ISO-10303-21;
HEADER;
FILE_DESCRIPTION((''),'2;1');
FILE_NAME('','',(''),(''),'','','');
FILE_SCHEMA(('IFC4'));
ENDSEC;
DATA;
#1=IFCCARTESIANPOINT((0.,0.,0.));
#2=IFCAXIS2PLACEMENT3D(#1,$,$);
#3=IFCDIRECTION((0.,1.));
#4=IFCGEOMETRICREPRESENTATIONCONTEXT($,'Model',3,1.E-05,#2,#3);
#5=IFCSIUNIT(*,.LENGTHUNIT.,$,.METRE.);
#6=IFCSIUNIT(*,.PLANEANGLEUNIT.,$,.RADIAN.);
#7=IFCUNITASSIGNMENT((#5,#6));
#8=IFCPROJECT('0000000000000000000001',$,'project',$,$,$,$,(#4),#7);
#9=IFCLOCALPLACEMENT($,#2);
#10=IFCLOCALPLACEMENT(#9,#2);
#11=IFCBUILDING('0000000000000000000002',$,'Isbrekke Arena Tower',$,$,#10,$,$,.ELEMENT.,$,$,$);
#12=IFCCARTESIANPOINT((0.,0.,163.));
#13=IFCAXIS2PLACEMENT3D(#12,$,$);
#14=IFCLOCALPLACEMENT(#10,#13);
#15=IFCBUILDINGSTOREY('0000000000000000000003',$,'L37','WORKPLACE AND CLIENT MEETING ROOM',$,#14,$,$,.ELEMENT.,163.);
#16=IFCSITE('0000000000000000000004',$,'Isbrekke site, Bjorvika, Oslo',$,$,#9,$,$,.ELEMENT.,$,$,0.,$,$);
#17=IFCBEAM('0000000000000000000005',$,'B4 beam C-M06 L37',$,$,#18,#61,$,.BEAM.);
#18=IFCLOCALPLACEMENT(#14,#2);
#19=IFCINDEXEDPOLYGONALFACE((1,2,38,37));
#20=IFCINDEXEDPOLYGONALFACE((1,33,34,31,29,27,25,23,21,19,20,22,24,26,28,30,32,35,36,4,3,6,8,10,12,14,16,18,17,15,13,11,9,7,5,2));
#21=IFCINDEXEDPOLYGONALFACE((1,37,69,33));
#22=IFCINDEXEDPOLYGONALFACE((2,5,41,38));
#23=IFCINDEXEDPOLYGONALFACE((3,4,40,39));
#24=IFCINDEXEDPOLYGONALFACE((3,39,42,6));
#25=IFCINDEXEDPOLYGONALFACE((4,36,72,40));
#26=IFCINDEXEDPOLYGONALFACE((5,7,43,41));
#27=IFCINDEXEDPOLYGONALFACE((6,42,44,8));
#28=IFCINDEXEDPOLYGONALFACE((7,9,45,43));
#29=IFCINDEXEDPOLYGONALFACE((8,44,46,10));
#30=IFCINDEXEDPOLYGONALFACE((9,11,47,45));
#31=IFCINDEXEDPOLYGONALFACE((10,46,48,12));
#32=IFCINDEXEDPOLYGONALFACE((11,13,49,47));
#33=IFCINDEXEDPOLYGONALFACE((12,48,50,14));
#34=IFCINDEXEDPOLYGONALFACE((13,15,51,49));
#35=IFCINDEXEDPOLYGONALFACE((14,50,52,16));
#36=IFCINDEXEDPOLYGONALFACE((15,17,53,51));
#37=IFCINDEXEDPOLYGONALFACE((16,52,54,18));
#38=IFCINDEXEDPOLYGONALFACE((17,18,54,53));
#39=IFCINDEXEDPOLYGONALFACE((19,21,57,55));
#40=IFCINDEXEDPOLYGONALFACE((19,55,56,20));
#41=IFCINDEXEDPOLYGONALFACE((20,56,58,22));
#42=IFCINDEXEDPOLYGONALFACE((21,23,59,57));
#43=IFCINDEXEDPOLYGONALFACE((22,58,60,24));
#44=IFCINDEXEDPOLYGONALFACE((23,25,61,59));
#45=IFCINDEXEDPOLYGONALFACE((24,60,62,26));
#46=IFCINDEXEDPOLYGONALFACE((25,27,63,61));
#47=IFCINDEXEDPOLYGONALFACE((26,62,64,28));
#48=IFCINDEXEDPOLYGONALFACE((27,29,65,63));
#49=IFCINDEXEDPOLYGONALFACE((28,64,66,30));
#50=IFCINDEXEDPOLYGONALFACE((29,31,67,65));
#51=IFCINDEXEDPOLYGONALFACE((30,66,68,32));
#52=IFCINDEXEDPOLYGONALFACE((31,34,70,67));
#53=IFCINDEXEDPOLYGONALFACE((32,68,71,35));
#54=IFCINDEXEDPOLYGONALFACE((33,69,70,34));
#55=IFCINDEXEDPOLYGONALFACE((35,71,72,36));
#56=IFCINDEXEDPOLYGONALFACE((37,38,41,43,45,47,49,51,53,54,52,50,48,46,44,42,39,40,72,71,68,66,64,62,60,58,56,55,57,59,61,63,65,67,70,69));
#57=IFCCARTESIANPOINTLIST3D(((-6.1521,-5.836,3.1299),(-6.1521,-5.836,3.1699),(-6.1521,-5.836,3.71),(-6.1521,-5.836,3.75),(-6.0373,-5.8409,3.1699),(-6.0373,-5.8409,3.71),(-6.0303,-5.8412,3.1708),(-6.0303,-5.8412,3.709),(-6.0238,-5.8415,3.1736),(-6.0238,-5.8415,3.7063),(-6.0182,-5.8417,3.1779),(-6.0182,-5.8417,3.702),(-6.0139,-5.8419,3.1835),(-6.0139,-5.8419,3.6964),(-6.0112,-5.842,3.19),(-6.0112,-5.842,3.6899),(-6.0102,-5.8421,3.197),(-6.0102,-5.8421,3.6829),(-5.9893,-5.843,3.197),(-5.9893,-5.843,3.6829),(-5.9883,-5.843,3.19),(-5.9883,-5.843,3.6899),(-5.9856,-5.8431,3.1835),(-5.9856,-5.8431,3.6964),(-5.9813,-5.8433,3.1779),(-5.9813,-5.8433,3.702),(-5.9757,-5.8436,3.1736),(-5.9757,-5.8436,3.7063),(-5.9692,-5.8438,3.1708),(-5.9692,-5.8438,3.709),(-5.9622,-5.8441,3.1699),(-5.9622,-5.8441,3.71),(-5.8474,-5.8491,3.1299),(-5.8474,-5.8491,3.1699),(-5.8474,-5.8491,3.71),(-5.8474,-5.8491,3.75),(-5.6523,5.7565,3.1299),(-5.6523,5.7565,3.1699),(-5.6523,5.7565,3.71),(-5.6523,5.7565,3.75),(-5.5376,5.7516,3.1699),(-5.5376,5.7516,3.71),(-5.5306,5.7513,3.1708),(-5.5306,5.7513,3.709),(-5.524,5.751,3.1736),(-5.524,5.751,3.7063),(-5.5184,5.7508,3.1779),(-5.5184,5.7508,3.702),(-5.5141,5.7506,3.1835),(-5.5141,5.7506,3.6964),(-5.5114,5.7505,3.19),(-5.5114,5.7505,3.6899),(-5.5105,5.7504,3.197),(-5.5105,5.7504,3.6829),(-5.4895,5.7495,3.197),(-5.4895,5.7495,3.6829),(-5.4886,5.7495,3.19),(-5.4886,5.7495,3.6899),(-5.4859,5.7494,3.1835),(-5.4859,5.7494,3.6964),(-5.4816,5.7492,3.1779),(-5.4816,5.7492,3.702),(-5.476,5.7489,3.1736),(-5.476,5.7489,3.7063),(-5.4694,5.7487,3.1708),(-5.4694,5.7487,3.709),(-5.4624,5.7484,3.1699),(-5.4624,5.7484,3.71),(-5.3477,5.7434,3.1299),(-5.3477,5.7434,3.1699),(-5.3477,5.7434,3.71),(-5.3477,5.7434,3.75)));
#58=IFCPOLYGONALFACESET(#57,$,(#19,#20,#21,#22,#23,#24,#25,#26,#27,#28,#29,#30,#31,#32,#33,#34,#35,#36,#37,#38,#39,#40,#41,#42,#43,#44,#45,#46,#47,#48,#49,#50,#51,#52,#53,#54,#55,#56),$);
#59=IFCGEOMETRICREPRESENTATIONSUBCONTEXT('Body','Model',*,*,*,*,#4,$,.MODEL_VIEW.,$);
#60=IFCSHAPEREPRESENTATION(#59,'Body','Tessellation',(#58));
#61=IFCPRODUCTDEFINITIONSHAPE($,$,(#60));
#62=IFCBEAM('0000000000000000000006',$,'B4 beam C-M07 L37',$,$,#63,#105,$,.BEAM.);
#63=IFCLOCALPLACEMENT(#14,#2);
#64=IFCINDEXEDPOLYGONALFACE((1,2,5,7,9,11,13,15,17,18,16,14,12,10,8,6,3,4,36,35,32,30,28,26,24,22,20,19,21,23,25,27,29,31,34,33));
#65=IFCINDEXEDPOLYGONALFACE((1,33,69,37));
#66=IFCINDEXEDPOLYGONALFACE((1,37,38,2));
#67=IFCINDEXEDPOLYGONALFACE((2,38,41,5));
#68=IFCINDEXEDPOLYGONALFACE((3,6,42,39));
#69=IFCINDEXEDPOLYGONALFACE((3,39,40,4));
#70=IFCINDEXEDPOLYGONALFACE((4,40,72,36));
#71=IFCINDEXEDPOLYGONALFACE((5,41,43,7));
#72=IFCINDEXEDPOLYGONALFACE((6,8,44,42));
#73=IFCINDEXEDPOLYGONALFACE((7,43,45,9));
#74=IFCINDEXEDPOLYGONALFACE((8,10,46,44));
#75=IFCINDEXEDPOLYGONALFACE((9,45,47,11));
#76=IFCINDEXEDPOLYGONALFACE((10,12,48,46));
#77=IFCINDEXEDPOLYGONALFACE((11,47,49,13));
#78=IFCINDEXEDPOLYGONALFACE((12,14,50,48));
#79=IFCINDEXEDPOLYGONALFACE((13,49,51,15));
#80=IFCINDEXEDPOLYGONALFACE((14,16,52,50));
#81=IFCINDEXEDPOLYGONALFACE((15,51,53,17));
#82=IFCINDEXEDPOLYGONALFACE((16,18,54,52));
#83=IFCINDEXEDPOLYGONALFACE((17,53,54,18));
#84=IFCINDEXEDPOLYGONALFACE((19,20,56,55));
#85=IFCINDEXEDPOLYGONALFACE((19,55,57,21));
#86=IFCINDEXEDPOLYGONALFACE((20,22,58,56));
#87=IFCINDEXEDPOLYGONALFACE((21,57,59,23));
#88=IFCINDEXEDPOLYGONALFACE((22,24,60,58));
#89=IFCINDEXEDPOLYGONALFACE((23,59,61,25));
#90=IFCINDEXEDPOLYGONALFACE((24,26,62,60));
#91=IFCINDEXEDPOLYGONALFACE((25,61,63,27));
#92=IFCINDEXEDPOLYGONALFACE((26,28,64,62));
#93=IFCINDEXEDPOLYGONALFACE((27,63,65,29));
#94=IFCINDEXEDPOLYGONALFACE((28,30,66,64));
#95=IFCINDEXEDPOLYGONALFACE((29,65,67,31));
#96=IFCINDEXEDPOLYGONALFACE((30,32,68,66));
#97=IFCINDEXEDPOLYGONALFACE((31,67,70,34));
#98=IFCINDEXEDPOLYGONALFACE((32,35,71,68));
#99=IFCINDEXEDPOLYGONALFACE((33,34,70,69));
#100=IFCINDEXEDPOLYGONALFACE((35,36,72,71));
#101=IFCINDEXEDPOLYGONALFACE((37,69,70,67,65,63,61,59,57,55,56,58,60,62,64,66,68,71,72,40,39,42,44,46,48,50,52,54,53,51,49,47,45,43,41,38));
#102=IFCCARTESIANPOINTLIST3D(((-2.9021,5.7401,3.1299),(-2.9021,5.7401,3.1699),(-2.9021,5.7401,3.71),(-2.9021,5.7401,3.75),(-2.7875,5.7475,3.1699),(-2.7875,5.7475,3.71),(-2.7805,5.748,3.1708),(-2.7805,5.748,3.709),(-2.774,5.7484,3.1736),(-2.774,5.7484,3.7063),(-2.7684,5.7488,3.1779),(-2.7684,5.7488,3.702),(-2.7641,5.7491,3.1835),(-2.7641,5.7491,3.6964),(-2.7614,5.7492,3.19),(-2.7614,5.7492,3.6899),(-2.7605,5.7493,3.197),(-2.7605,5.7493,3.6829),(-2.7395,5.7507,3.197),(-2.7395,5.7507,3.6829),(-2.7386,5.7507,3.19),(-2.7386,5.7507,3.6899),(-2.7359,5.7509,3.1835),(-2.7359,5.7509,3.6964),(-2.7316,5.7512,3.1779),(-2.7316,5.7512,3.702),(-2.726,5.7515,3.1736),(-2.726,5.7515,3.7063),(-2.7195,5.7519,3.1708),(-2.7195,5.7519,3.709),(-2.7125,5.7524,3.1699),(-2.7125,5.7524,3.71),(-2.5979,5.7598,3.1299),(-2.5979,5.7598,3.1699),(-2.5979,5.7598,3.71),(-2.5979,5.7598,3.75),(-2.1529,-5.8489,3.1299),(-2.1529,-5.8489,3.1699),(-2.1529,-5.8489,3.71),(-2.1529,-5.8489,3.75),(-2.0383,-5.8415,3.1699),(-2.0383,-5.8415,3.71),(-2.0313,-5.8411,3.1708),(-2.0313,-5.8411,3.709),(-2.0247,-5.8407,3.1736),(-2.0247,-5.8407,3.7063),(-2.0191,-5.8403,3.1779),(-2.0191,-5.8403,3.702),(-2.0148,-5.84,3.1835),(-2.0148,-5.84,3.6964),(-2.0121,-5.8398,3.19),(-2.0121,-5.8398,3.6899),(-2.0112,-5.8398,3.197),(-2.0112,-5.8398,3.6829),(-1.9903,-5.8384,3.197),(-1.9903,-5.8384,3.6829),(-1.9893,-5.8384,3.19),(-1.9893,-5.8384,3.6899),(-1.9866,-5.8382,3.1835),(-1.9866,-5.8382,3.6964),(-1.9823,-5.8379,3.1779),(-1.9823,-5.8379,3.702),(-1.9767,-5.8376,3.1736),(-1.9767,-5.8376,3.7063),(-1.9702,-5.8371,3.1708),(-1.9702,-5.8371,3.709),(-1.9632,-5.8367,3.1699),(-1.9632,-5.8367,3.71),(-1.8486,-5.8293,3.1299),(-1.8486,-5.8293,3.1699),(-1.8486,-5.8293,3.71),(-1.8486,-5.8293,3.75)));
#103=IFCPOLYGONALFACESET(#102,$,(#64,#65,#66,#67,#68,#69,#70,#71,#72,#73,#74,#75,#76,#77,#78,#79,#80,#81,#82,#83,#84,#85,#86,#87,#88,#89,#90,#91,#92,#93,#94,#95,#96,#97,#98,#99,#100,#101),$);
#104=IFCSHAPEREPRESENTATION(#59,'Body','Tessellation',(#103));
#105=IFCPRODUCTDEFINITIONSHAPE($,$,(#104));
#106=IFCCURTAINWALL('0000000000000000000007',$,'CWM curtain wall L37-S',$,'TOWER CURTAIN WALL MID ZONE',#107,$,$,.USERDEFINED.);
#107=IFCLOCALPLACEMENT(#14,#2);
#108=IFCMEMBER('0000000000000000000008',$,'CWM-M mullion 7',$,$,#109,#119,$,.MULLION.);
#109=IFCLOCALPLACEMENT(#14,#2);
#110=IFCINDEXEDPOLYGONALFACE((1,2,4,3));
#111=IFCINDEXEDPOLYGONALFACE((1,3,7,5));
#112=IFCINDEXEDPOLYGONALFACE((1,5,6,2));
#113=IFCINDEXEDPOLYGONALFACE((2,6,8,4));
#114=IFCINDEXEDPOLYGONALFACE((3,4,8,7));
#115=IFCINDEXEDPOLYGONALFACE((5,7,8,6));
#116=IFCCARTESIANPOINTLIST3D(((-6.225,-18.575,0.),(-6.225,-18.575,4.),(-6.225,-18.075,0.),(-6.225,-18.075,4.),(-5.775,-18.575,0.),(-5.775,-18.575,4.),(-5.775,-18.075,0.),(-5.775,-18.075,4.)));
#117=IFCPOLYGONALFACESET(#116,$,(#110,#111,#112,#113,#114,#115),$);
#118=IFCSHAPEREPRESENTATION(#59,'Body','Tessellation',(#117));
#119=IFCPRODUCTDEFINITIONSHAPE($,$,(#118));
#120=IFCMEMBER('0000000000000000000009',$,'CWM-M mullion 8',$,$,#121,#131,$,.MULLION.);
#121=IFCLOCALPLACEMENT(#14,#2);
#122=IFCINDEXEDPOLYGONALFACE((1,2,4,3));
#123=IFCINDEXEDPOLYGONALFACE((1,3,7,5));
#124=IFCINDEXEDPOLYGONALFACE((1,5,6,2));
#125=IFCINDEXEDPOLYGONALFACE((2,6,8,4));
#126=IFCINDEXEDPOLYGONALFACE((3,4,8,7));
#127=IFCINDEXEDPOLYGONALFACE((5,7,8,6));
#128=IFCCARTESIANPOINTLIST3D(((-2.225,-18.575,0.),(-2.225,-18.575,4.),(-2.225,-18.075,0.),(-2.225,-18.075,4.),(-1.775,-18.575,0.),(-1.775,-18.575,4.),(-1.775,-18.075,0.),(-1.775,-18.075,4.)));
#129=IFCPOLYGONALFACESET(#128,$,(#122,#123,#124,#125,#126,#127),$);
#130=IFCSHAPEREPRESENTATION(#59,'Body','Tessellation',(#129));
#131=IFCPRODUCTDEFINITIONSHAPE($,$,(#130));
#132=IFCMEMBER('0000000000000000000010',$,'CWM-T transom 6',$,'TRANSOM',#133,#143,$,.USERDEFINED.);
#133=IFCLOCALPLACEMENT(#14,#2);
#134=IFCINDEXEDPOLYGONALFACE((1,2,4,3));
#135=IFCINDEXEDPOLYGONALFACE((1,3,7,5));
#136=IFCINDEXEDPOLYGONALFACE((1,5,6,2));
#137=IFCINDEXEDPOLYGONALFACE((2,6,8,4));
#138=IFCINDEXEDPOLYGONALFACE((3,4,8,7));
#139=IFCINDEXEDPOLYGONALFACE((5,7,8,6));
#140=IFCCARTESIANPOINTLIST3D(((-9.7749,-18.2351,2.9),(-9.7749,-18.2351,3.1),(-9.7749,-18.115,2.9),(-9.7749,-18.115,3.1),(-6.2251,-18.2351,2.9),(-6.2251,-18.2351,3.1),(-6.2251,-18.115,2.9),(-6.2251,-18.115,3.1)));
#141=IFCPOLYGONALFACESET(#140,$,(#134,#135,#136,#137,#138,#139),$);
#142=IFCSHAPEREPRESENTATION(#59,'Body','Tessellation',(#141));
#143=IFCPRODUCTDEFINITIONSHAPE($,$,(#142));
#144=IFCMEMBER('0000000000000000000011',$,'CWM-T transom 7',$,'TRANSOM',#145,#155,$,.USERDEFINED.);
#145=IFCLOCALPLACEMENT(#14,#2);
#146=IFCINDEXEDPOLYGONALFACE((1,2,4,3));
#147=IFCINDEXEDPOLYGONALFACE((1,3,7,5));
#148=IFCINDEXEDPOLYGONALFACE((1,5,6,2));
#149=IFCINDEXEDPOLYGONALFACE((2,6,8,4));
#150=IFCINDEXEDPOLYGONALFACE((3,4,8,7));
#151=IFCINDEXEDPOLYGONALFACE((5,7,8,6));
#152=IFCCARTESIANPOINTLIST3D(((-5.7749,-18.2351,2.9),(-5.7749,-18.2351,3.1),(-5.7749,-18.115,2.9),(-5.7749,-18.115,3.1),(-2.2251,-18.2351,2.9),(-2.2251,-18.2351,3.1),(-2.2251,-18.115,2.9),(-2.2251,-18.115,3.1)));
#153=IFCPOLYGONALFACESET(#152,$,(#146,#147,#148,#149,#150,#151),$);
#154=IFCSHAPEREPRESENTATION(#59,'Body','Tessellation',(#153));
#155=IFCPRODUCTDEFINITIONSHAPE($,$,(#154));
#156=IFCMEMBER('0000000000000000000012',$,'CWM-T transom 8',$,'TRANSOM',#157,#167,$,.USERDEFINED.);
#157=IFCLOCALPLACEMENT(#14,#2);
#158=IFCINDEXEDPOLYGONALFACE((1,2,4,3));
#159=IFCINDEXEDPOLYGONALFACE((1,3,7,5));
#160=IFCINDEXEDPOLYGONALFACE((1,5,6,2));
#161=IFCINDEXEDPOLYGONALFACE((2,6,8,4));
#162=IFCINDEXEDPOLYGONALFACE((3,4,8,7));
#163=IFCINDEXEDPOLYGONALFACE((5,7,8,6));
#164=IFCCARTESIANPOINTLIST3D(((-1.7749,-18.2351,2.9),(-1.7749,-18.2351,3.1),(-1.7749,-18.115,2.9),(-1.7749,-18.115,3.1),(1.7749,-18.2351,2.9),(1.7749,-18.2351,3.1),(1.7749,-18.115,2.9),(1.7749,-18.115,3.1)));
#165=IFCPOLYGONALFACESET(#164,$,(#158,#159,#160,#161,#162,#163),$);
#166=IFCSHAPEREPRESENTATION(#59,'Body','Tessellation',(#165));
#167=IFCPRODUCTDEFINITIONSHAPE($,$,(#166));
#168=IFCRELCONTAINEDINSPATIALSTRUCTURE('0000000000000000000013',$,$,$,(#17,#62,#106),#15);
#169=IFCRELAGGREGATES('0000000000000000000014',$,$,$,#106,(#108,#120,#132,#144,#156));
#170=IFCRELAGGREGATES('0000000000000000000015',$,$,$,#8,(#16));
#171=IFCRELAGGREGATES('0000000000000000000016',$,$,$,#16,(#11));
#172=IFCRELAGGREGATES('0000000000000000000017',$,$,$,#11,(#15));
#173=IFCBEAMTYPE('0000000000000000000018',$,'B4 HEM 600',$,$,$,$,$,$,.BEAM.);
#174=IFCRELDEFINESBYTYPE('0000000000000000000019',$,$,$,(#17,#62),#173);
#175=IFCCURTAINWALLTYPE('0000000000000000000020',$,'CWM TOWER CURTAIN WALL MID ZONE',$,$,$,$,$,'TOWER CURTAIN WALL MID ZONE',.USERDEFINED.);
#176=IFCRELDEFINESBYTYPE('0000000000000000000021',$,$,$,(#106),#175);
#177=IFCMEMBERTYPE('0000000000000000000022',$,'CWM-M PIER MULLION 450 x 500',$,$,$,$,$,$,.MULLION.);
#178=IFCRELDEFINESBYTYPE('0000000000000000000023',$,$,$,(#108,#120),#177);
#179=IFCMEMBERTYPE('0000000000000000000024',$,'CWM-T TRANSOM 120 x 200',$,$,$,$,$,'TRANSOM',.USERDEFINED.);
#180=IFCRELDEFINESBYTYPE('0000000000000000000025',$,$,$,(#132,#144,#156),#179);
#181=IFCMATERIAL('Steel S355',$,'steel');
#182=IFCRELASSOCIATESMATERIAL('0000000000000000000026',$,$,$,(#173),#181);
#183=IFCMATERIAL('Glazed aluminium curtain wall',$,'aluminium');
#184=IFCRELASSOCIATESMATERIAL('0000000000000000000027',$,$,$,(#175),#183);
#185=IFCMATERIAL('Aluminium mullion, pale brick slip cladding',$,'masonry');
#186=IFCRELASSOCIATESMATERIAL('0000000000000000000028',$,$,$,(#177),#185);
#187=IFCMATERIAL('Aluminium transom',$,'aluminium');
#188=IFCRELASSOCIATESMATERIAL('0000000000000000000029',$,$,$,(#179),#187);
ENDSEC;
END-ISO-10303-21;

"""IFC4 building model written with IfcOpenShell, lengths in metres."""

from ifc_helpers import new_model, si_unit, direction, frame, origin, origin_2d, place, context, subcontext, project, spatial, rectangle, i_section, extrude, material, material_profile, profile_set, type_object, element, aggregate, save


model = new_model("IFC4")

# Units and contexts
model_context = context("Model", 3, precision=1e-05, world=origin(), true_north=direction((0.0, 1.0)))
body_context = subcontext(model_context, "Body", "Model", "MODEL_VIEW")
ifc_project = project(units=[si_unit("LENGTHUNIT", "METRE"), si_unit("PLANEANGLEUNIT", "RADIAN")], contexts=[model_context])

# Site, building, storey
site_placement = place(None, origin())
site = spatial("IfcSite", under=ifc_project, at=site_placement, Name="Isbrekke site, Bjorvika, Oslo", CompositionType="ELEMENT", RefElevation=0.0)
building_placement = place(site_placement, origin())
building = spatial("IfcBuilding", under=site, at=building_placement, Name="Isbrekke Arena Tower", CompositionType="ELEMENT")
storey_placement = place(building_placement, frame((0.0, 0.0, 163.0)))
storey = spatial("IfcBuildingStorey", under=building, at=storey_placement, Name="L37", Description="WORKPLACE AND CLIENT MEETING ROOM", CompositionType="ELEMENT", Elevation=163.0)

# Beams
ifc_material_1 = material(Name="Steel S355", Category="steel")
ifc_material_profile_1 = material_profile(ifc_material_1, i_section(OverallWidth=0.3049, OverallDepth=0.6201, WebThickness=0.021, FlangeThickness=0.04, FilletRadius=0.0271, at=origin_2d()), Name="HEM 600")
ifc_profile_set_1 = profile_set([ifc_material_profile_1], Name="Steel S355")
beam_type_1 = type_object("IfcBeamType", Name="B4 HEM 600", PredefinedType="BEAM", material=ifc_profile_set_1)
beam_1_placement = place(storey_placement, frame((-5.9998, -5.8425, 3.4399), z_axis=(0.04307, 0.999072, 0.0), x_axis=(-0.999072, 0.04307, 0.0)))
element("IfcBeam", 1, at=beam_1_placement, inside=storey, type_object=beam_type_1, Name="B4 beam C-M06 L37", PredefinedType="BEAM", context=body_context, shape_type="SweptSolid", body=[
    extrude(i_section(OverallWidth=0.3049, OverallDepth=0.6201, WebThickness=0.021, FlangeThickness=0.04, FilletRadius=0.0271, at=origin_2d()), origin(), (0.0, 0.0, 1.0), 11.6033),
])
beam_2_placement = place(storey_placement, frame((-2.0007, -5.8391, 3.4399), z_axis=(-0.064518, 0.997917, 0.0), x_axis=(-0.997917, -0.064518, 0.0)))
element("IfcBeam", 2, at=beam_2_placement, inside=storey, type_object=beam_type_1, Name="B4 beam C-M07 L37", PredefinedType="BEAM", context=body_context, shape_type="SweptSolid", body=[
    extrude(i_section(OverallWidth=0.3049, OverallDepth=0.6201, WebThickness=0.021, FlangeThickness=0.04, FilletRadius=0.0271, at=origin_2d()), origin(), (0.0, 0.0, 1.0), 11.6133),
])

# Curtain wall, members
ifc_material_2 = material(Name="Glazed aluminium curtain wall", Category="aluminium")
curtain_wall_type = type_object("IfcCurtainWallType", Name="CWM TOWER CURTAIN WALL MID ZONE", ElementType="TOWER CURTAIN WALL MID ZONE", PredefinedType="USERDEFINED", material=ifc_material_2)
curtain_wall_placement = place(storey_placement, origin())
curtain_wall = element("IfcCurtainWall", 3, at=curtain_wall_placement, inside=storey, type_object=curtain_wall_type, Name="CWM curtain wall L37-S", ObjectType="TOWER CURTAIN WALL MID ZONE", PredefinedType="USERDEFINED")
ifc_material_3 = material(Name="Aluminium mullion, pale brick slip cladding", Category="masonry")
ifc_material_profile_2 = material_profile(ifc_material_3, rectangle(XDim=0.45, YDim=0.5, at=origin_2d()), Name="PIER 450X500")
ifc_profile_set_2 = profile_set([ifc_material_profile_2], Name="Aluminium mullion, pale brick slip cladding")
member_type_1 = type_object("IfcMemberType", Name="CWM-M PIER MULLION 450 x 500", PredefinedType="MULLION", material=ifc_profile_set_2)
member_1_placement = place(storey_placement, frame((-6.0, -18.325, 0.0), z_axis=(0.0, 0.0, 1.0), x_axis=(1.0, 0.0, 0.0)))
member_1 = element("IfcMember", 4, at=member_1_placement, type_object=member_type_1, Name="CWM-M mullion 7", PredefinedType="MULLION", context=body_context, shape_type="SweptSolid", body=[
    extrude(rectangle(XDim=0.45, YDim=0.5, at=origin_2d()), origin(), (0.0, 0.0, 1.0), 4.0),
])
member_2_placement = place(storey_placement, frame((-2.0, -18.325, 0.0), z_axis=(0.0, 0.0, 1.0), x_axis=(1.0, 0.0, 0.0)))
member_2 = element("IfcMember", 5, at=member_2_placement, type_object=member_type_1, Name="CWM-M mullion 8", PredefinedType="MULLION", context=body_context, shape_type="SweptSolid", body=[
    extrude(rectangle(XDim=0.45, YDim=0.5, at=origin_2d()), origin(), (0.0, 0.0, 1.0), 4.0),
])
ifc_material_4 = material(Name="Aluminium transom", Category="aluminium")
ifc_material_profile_3 = material_profile(ifc_material_4, rectangle(XDim=0.1201, YDim=0.2, at=origin_2d()), Name="TRANSOM 120X200")
ifc_profile_set_3 = profile_set([ifc_material_profile_3], Name="Aluminium transom")
member_type_2 = type_object("IfcMemberType", Name="CWM-T TRANSOM 120 x 200", ElementType="TRANSOM", PredefinedType="USERDEFINED", material=ifc_profile_set_3)
member_3_placement = place(storey_placement, frame((-9.7749, -18.175, 3.0), z_axis=(1.0, 0.0, 0.0), x_axis=(0.0, 1.0, 0.0)))
member_3 = element("IfcMember", 6, at=member_3_placement, type_object=member_type_2, Name="CWM-T transom 6", ObjectType="TRANSOM", PredefinedType="USERDEFINED", context=body_context, shape_type="SweptSolid", body=[
    extrude(rectangle(XDim=0.1201, YDim=0.2, at=origin_2d()), origin(), (0.0, 0.0, 1.0), 3.5498),
])
member_4_placement = place(storey_placement, frame((-5.7749, -18.175, 3.0), z_axis=(1.0, 0.0, 0.0), x_axis=(0.0, 1.0, 0.0)))
member_4 = element("IfcMember", 7, at=member_4_placement, type_object=member_type_2, Name="CWM-T transom 7", ObjectType="TRANSOM", PredefinedType="USERDEFINED", context=body_context, shape_type="SweptSolid", body=[
    extrude(rectangle(XDim=0.1201, YDim=0.2, at=origin_2d()), origin(), (0.0, 0.0, 1.0), 3.5498),
])
member_5_placement = place(storey_placement, frame((-1.7749, -18.175, 3.0), z_axis=(1.0, 0.0, 0.0), x_axis=(0.0, 1.0, 0.0)))
member_5 = element("IfcMember", 8, at=member_5_placement, type_object=member_type_2, Name="CWM-T transom 8", ObjectType="TRANSOM", PredefinedType="USERDEFINED", context=body_context, shape_type="SweptSolid", body=[
    extrude(rectangle(XDim=0.1201, YDim=0.2, at=origin_2d()), origin(), (0.0, 0.0, 1.0), 3.5498),
])

aggregate(curtain_wall, [member_1, member_2, member_3, member_4, member_5])

save(model, "model.ifc")
